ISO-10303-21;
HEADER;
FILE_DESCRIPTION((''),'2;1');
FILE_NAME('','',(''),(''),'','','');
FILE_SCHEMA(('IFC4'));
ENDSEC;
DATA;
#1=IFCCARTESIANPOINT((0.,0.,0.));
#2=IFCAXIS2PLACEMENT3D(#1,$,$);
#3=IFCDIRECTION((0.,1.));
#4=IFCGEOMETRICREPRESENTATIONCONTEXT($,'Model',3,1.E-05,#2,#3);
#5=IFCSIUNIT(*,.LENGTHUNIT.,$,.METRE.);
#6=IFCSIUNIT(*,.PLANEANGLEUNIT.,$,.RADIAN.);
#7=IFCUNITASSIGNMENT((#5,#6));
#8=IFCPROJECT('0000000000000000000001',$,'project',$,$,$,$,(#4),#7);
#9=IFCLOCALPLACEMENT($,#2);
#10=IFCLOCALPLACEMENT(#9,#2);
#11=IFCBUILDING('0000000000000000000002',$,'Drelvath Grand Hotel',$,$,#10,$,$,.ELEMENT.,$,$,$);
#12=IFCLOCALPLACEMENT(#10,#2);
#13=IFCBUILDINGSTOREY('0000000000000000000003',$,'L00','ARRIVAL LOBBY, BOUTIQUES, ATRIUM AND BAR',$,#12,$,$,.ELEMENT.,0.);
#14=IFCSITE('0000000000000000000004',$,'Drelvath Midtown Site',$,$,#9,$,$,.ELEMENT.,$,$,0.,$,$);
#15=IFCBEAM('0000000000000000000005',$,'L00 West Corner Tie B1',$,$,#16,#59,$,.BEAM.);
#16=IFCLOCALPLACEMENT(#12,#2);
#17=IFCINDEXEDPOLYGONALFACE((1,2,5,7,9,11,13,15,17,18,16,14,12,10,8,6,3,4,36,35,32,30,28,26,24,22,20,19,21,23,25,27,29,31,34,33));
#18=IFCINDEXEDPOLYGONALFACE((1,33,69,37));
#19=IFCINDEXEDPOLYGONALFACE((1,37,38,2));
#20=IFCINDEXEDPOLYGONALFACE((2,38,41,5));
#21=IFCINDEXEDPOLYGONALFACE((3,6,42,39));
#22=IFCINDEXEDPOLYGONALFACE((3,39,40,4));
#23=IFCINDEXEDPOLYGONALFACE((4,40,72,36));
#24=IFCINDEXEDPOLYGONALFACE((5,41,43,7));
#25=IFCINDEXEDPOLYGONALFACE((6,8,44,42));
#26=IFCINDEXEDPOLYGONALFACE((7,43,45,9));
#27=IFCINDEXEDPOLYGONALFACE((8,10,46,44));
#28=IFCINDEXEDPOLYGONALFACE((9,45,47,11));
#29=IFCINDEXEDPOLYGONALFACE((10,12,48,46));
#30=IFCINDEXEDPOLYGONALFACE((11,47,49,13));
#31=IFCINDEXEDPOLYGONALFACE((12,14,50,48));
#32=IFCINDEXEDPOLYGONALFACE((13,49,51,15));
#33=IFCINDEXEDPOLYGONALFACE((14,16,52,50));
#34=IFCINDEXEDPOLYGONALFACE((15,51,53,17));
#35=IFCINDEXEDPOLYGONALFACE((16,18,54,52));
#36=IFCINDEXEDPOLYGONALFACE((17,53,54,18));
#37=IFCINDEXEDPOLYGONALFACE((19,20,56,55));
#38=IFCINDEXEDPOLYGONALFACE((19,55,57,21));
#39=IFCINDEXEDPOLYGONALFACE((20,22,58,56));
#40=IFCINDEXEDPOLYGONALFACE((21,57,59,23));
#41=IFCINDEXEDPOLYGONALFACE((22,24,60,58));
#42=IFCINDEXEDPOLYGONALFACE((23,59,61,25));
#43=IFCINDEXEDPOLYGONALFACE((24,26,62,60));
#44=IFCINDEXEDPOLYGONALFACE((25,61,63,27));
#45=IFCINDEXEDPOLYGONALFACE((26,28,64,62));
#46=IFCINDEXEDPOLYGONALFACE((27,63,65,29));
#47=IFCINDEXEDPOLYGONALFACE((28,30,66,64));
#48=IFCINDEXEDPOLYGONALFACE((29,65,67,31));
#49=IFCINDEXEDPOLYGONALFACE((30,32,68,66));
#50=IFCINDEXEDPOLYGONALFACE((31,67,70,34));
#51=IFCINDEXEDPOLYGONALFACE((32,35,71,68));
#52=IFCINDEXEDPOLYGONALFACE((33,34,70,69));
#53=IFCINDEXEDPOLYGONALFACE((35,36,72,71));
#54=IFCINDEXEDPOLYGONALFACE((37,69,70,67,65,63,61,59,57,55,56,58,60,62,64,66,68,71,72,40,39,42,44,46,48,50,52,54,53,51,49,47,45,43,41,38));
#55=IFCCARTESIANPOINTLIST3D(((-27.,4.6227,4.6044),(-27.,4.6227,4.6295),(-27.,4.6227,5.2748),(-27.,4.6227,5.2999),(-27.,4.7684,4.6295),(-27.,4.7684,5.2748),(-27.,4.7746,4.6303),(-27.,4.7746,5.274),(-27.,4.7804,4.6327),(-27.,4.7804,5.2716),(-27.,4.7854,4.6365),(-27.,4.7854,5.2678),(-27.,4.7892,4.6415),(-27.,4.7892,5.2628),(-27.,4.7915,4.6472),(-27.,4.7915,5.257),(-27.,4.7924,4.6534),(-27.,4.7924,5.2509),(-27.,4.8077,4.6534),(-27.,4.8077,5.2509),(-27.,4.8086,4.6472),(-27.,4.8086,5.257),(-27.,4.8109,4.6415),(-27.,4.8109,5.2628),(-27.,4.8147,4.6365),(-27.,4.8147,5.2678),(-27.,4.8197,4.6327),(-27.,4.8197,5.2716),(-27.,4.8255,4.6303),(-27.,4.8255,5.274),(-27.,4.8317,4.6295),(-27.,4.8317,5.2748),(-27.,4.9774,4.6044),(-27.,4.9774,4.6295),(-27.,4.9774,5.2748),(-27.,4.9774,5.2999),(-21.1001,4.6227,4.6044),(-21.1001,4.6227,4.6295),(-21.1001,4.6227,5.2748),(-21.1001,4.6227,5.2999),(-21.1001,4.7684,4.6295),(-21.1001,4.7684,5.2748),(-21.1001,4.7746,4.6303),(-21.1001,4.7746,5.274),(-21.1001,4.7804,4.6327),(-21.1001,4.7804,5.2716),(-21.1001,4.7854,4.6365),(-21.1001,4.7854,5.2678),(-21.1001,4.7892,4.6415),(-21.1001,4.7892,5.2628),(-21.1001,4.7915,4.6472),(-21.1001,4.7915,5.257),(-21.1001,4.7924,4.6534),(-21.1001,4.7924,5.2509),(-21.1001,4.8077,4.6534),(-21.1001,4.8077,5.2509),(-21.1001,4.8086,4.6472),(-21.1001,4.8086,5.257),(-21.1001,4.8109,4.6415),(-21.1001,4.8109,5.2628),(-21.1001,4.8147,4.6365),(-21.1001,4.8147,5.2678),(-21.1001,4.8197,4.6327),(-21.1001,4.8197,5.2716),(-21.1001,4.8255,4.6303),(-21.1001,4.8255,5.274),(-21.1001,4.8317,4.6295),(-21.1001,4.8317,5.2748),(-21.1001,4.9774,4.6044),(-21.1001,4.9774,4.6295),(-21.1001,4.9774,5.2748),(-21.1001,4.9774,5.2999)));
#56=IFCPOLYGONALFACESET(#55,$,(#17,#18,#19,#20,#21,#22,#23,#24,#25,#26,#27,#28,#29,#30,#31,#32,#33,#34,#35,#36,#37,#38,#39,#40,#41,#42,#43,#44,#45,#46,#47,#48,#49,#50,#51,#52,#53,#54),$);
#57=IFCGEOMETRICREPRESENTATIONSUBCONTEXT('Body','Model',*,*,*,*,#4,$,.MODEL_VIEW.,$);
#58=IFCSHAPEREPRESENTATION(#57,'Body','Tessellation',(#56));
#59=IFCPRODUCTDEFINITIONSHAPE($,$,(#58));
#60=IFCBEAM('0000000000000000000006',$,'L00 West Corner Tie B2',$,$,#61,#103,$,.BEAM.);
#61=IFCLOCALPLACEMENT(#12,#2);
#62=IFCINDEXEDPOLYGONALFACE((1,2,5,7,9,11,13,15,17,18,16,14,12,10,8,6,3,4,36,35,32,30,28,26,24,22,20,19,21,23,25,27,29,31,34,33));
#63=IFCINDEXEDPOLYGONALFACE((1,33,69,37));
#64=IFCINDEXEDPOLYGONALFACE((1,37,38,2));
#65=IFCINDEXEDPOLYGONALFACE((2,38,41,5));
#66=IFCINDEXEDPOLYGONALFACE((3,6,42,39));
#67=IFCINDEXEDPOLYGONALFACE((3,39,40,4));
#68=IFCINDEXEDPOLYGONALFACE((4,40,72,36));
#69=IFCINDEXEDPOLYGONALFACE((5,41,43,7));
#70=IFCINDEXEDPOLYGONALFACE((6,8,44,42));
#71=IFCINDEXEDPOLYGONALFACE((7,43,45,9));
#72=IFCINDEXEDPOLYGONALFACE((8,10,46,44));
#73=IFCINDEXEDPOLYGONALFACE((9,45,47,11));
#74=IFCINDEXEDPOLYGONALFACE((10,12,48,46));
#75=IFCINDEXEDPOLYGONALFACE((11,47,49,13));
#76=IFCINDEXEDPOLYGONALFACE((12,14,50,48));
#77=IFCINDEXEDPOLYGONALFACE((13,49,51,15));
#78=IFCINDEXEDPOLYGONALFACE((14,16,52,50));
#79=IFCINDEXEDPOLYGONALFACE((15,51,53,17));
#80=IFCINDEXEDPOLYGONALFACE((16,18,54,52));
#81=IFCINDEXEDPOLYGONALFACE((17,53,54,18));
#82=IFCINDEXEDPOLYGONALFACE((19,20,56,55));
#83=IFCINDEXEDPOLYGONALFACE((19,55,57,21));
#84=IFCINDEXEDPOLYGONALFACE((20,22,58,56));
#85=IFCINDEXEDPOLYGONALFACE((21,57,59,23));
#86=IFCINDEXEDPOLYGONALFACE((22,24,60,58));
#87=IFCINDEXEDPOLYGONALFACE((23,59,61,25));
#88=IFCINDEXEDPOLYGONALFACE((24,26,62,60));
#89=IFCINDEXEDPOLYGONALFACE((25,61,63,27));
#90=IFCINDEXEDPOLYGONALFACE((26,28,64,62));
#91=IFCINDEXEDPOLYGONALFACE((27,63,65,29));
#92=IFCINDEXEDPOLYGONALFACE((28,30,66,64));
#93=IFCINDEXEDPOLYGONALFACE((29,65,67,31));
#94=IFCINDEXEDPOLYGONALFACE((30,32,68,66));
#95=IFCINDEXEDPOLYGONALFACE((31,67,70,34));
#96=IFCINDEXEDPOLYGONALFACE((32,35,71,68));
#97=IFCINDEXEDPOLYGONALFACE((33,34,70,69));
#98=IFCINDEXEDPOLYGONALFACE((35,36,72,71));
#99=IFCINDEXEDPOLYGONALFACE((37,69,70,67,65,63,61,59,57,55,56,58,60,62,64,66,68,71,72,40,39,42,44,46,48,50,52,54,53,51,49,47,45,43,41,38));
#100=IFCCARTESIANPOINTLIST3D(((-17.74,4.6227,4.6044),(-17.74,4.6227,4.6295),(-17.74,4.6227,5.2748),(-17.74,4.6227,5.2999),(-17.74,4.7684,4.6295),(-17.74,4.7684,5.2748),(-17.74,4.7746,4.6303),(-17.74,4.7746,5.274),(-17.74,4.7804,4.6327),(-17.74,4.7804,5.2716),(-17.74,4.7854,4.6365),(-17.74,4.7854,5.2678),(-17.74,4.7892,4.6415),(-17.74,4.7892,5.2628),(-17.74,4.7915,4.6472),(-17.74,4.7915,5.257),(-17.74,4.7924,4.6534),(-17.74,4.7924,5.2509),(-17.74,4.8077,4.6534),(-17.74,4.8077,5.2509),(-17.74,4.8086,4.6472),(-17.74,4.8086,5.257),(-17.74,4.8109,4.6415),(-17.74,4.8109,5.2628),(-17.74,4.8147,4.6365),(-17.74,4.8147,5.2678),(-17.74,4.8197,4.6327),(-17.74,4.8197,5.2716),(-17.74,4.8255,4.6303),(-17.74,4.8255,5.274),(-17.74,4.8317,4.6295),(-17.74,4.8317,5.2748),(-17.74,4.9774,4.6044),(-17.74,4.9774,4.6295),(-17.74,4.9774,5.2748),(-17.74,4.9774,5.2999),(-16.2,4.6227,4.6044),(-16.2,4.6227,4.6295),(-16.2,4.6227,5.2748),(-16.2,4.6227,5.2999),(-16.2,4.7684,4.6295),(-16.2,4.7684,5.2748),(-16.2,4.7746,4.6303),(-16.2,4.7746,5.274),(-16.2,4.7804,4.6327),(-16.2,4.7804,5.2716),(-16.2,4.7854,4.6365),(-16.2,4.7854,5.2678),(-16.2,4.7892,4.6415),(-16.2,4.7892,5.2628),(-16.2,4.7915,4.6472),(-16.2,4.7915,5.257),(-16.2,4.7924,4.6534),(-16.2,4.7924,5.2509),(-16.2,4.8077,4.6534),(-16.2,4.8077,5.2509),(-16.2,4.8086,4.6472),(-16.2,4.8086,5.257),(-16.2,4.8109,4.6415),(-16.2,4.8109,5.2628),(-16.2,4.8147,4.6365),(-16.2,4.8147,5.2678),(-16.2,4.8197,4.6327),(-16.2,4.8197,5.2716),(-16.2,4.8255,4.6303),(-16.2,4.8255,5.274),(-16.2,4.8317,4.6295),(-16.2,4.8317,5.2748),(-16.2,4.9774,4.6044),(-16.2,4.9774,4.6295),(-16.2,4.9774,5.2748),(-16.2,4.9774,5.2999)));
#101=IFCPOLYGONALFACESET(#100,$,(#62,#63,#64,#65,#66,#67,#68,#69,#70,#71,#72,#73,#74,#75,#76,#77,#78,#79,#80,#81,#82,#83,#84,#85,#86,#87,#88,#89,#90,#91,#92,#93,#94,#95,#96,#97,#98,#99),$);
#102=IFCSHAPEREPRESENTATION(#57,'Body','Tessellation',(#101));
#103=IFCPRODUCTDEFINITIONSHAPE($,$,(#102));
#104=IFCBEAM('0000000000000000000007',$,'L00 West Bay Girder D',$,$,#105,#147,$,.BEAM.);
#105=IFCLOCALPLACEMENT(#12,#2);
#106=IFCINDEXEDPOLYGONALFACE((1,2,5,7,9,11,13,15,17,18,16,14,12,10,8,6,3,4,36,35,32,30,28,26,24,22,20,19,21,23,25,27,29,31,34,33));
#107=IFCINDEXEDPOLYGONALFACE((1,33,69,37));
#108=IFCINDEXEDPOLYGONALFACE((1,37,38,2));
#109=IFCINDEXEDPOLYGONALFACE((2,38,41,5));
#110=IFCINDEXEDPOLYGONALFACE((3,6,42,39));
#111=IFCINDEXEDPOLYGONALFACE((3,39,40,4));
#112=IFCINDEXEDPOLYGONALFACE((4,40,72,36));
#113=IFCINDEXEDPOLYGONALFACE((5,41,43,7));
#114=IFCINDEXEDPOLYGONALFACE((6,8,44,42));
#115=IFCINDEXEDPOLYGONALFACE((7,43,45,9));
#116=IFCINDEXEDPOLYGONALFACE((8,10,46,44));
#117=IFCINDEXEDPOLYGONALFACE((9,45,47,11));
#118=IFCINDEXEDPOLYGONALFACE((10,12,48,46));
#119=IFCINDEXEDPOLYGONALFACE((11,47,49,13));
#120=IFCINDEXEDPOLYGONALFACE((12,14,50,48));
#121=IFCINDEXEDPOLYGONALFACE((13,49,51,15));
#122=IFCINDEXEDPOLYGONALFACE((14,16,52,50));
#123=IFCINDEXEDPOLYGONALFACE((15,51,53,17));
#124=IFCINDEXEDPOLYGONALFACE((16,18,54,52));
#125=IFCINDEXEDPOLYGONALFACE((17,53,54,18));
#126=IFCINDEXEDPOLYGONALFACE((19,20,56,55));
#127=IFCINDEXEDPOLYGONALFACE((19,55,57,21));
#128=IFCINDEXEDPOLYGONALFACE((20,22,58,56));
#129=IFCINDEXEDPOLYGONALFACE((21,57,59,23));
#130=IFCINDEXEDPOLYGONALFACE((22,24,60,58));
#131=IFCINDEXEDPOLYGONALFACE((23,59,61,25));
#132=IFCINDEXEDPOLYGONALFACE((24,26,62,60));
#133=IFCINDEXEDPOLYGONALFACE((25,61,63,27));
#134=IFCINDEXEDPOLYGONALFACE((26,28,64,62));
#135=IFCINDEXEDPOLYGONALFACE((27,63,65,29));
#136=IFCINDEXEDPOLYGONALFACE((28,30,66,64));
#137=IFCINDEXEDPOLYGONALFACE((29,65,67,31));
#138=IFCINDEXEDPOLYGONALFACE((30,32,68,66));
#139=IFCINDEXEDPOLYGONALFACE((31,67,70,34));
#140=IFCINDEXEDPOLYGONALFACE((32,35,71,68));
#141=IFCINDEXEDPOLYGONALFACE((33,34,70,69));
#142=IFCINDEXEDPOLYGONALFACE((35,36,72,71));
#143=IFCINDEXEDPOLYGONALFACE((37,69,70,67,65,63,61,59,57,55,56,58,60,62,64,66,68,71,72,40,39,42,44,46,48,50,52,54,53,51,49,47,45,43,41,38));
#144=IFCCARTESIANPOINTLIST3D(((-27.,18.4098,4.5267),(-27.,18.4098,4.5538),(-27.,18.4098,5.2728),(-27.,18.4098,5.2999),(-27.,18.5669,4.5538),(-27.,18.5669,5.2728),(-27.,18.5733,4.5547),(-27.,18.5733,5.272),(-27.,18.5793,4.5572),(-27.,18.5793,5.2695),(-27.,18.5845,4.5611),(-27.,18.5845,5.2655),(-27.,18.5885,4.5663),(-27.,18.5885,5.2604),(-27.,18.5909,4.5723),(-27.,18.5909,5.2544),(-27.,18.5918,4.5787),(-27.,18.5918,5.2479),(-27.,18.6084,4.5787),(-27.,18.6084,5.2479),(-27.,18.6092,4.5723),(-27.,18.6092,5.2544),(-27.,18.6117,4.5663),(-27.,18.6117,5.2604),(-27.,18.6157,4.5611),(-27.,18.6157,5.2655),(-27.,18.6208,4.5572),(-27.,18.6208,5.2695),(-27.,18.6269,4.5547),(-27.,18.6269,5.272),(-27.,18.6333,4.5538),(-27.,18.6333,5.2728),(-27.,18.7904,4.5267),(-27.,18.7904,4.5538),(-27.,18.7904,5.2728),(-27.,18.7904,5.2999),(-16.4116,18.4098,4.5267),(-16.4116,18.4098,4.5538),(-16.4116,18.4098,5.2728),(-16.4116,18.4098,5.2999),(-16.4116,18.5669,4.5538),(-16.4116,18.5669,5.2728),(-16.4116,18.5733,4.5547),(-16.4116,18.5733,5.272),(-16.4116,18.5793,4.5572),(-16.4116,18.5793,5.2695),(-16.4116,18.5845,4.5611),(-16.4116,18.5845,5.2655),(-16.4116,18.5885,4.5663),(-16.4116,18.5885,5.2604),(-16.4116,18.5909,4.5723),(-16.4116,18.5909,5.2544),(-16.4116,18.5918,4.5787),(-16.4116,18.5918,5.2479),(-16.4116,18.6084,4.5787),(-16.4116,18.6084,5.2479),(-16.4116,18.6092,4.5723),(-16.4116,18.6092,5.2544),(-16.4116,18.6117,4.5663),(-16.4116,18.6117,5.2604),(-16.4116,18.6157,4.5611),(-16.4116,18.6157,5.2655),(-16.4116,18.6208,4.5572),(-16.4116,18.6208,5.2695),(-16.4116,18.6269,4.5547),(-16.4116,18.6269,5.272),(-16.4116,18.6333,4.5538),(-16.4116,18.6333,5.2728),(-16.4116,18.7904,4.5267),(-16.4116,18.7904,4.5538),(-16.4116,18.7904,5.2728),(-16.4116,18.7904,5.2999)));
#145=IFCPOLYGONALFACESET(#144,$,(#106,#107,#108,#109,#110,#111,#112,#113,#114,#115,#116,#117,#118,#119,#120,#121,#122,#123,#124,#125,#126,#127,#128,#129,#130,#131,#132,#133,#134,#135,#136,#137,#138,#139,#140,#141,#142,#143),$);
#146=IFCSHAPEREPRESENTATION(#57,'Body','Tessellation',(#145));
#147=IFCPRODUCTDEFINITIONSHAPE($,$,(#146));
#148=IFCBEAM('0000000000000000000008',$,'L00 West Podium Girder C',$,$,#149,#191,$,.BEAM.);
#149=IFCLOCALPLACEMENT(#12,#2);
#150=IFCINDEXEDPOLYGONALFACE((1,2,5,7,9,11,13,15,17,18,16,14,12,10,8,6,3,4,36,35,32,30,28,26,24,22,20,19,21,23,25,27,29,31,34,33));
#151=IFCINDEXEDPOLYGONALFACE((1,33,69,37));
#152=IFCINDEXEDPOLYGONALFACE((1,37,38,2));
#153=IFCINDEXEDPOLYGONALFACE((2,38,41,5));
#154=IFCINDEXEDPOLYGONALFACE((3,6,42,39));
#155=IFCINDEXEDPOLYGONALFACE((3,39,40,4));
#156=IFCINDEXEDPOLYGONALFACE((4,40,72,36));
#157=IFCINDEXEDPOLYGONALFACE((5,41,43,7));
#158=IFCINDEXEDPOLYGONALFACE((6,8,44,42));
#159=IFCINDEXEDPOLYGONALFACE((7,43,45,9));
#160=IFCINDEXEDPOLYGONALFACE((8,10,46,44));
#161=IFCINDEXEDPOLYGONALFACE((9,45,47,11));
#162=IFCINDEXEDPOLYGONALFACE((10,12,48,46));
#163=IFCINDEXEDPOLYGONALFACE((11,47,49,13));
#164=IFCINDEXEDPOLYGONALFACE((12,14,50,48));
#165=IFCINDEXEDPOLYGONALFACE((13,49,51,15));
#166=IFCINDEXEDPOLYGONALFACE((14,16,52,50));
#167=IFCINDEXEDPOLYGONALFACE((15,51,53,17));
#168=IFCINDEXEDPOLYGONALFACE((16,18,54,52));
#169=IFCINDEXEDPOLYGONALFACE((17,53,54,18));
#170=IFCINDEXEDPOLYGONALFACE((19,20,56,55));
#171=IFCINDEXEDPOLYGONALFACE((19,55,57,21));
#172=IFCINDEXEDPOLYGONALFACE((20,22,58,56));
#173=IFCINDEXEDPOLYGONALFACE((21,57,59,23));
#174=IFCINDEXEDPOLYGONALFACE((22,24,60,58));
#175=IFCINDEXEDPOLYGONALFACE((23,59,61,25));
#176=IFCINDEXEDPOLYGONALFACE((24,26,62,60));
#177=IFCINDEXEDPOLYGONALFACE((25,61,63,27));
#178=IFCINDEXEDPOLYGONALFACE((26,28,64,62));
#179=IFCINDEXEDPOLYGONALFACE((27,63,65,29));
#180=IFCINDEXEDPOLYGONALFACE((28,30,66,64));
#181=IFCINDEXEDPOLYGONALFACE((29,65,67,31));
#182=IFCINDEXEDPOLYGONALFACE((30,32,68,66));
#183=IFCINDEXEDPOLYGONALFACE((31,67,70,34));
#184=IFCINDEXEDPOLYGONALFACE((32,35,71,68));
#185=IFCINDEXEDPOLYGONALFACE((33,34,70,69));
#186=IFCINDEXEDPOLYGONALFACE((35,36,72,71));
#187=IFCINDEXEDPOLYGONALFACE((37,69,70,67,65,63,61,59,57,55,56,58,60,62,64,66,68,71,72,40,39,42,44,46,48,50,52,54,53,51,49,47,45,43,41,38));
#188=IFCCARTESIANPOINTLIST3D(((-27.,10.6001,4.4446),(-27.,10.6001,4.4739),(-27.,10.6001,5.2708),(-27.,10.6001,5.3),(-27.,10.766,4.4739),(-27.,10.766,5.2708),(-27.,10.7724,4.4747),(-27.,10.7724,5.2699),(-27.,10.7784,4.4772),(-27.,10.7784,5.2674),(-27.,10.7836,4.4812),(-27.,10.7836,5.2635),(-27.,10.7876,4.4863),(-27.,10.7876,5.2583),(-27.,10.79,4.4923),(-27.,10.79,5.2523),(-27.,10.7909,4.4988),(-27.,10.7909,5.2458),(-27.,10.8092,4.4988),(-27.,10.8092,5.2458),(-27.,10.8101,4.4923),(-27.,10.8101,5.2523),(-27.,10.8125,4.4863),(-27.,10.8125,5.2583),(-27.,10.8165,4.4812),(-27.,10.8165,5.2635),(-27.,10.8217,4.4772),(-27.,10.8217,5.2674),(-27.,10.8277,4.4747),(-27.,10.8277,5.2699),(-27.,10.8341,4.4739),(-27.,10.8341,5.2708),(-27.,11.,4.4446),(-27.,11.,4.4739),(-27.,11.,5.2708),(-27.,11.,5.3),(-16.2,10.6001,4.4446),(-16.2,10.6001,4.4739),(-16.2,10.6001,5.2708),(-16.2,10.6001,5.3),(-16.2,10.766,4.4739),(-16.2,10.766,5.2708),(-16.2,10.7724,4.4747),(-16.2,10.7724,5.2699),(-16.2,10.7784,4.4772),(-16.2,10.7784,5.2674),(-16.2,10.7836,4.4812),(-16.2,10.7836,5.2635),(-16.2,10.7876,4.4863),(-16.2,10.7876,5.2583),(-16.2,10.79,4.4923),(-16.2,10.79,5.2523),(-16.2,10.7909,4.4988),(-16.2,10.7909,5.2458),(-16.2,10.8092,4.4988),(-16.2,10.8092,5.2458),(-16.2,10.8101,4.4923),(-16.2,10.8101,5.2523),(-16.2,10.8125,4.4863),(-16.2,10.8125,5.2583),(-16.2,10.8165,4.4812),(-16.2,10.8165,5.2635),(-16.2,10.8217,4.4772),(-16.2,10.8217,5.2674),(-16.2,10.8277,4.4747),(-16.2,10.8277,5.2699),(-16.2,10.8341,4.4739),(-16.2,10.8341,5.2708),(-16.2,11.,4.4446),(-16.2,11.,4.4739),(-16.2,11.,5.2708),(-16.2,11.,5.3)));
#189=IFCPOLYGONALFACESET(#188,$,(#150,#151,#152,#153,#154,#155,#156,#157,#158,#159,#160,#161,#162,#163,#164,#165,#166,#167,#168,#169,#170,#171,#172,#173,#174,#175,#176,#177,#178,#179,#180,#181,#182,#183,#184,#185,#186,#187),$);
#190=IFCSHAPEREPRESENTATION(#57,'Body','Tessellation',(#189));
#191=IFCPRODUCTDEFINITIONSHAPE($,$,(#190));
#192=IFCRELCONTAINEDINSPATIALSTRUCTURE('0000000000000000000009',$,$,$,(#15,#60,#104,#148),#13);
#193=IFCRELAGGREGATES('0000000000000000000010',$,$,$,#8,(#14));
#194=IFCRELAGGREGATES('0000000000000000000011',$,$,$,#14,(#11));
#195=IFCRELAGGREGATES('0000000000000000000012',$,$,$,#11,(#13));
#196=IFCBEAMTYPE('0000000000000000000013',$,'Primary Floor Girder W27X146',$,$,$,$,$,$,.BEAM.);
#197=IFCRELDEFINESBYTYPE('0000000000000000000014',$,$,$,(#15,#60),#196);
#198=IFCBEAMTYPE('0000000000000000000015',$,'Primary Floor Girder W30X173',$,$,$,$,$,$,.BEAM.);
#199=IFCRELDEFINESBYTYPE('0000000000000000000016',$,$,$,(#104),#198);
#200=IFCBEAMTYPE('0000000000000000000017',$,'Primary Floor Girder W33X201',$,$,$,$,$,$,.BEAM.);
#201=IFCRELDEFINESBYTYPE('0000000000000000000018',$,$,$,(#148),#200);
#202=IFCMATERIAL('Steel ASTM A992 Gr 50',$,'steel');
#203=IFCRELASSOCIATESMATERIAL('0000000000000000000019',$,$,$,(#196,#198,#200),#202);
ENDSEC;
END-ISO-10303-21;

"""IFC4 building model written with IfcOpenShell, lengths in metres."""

from ifc_helpers import new_model, si_unit, direction, frame, origin, origin_2d, place, context, subcontext, project, spatial, i_section, extrude, material, material_profile, profile_set, type_object, element, save


model = new_model("IFC4")

# Units and contexts
model_context = context("Model", 3, precision=1e-05, world=origin(), true_north=direction((0.0, 1.0)))
body_context = subcontext(model_context, "Body", "Model", "MODEL_VIEW")
ifc_project = project(units=[si_unit("LENGTHUNIT", "METRE"), si_unit("PLANEANGLEUNIT", "RADIAN")], contexts=[model_context])

# Site, building, storey
site_placement = place(None, origin())
site = spatial("IfcSite", under=ifc_project, at=site_placement, Name="Drelvath Midtown Site", CompositionType="ELEMENT", RefElevation=0.0)
building_placement = place(site_placement, origin())
building = spatial("IfcBuilding", under=site, at=building_placement, Name="Drelvath Grand Hotel", CompositionType="ELEMENT")
storey_placement = place(building_placement, origin())
storey = spatial("IfcBuildingStorey", under=building, at=storey_placement, Name="L00", Description="ARRIVAL LOBBY, BOUTIQUES, ATRIUM AND BAR", CompositionType="ELEMENT", Elevation=0.0)

# Beams
ifc_material_1 = material(Name="Steel ASTM A992 Gr 50", Category="steel")
ifc_material_profile_1 = material_profile(ifc_material_1, i_section(OverallWidth=0.3547, OverallDepth=0.6956, WebThickness=0.0154, FlangeThickness=0.0251, FilletRadius=0.0239, at=origin_2d()), Name="W27X146")
ifc_profile_set_1 = profile_set([ifc_material_profile_1], Name="Steel ASTM A992 Gr 50")
beam_type_1 = type_object("IfcBeamType", Name="Primary Floor Girder W27X146", PredefinedType="BEAM", material=ifc_profile_set_1)
beam_1_placement = place(storey_placement, frame((-27.0, 4.8, 4.9521), z_axis=(1.0, 0.0, 0.0), x_axis=(0.0, 1.0, 0.0)))
element("IfcBeam", 1, at=beam_1_placement, inside=storey, type_object=beam_type_1, Name="L00 West Corner Tie B1", PredefinedType="BEAM", context=body_context, shape_type="SweptSolid", body=[
    extrude(i_section(OverallWidth=0.3547, OverallDepth=0.6956, WebThickness=0.0154, FlangeThickness=0.0251, FilletRadius=0.0239, at=origin_2d()), origin(), (0.0, 0.0, 1.0), 5.8999),
])
beam_2_placement = place(storey_placement, frame((-17.74, 4.8, 4.9521), z_axis=(1.0, 0.0, 0.0), x_axis=(0.0, 1.0, 0.0)))
element("IfcBeam", 2, at=beam_2_placement, inside=storey, type_object=beam_type_1, Name="L00 West Corner Tie B2", PredefinedType="BEAM", context=body_context, shape_type="SweptSolid", body=[
    extrude(i_section(OverallWidth=0.3547, OverallDepth=0.6956, WebThickness=0.0154, FlangeThickness=0.0251, FilletRadius=0.0239, at=origin_2d()), origin(), (0.0, 0.0, 1.0), 1.54),
])
ifc_material_profile_2 = material_profile(ifc_material_1, i_section(OverallWidth=0.3806, OverallDepth=0.7732, WebThickness=0.0166, FlangeThickness=0.0271, FilletRadius=0.0249, at=origin_2d()), Name="W30X173")
ifc_profile_set_2 = profile_set([ifc_material_profile_2], Name="Steel ASTM A992 Gr 50")
beam_type_2 = type_object("IfcBeamType", Name="Primary Floor Girder W30X173", PredefinedType="BEAM", material=ifc_profile_set_2)
beam_3_placement = place(storey_placement, frame((-27.0, 18.6001, 4.9133), z_axis=(1.0, 0.0, 0.0), x_axis=(0.0, 1.0, 0.0)))
element("IfcBeam", 3, at=beam_3_placement, inside=storey, type_object=beam_type_2, Name="L00 West Bay Girder D", PredefinedType="BEAM", context=body_context, shape_type="SweptSolid", body=[
    extrude(i_section(OverallWidth=0.3806, OverallDepth=0.7732, WebThickness=0.0166, FlangeThickness=0.0271, FilletRadius=0.0249, at=origin_2d()), origin(), (0.0, 0.0, 1.0), 10.5884),
])
ifc_material_profile_3 = material_profile(ifc_material_1, i_section(OverallWidth=0.3999, OverallDepth=0.8555, WebThickness=0.0183, FlangeThickness=0.0293, FilletRadius=0.0249, at=origin_2d()), Name="W33X201")
ifc_profile_set_3 = profile_set([ifc_material_profile_3], Name="Steel ASTM A992 Gr 50")
beam_type_3 = type_object("IfcBeamType", Name="Primary Floor Girder W33X201", PredefinedType="BEAM", material=ifc_profile_set_3)
beam_4_placement = place(storey_placement, frame((-27.0, 10.8, 4.8723), z_axis=(1.0, 0.0, 0.0), x_axis=(0.0, 1.0, 0.0)))
element("IfcBeam", 4, at=beam_4_placement, inside=storey, type_object=beam_type_3, Name="L00 West Podium Girder C", PredefinedType="BEAM", context=body_context, shape_type="SweptSolid", body=[
    extrude(i_section(OverallWidth=0.3999, OverallDepth=0.8555, WebThickness=0.0183, FlangeThickness=0.0293, FilletRadius=0.0249, at=origin_2d()), origin(), (0.0, 0.0, 1.0), 10.8),
])

save(model, "model.ifc")
